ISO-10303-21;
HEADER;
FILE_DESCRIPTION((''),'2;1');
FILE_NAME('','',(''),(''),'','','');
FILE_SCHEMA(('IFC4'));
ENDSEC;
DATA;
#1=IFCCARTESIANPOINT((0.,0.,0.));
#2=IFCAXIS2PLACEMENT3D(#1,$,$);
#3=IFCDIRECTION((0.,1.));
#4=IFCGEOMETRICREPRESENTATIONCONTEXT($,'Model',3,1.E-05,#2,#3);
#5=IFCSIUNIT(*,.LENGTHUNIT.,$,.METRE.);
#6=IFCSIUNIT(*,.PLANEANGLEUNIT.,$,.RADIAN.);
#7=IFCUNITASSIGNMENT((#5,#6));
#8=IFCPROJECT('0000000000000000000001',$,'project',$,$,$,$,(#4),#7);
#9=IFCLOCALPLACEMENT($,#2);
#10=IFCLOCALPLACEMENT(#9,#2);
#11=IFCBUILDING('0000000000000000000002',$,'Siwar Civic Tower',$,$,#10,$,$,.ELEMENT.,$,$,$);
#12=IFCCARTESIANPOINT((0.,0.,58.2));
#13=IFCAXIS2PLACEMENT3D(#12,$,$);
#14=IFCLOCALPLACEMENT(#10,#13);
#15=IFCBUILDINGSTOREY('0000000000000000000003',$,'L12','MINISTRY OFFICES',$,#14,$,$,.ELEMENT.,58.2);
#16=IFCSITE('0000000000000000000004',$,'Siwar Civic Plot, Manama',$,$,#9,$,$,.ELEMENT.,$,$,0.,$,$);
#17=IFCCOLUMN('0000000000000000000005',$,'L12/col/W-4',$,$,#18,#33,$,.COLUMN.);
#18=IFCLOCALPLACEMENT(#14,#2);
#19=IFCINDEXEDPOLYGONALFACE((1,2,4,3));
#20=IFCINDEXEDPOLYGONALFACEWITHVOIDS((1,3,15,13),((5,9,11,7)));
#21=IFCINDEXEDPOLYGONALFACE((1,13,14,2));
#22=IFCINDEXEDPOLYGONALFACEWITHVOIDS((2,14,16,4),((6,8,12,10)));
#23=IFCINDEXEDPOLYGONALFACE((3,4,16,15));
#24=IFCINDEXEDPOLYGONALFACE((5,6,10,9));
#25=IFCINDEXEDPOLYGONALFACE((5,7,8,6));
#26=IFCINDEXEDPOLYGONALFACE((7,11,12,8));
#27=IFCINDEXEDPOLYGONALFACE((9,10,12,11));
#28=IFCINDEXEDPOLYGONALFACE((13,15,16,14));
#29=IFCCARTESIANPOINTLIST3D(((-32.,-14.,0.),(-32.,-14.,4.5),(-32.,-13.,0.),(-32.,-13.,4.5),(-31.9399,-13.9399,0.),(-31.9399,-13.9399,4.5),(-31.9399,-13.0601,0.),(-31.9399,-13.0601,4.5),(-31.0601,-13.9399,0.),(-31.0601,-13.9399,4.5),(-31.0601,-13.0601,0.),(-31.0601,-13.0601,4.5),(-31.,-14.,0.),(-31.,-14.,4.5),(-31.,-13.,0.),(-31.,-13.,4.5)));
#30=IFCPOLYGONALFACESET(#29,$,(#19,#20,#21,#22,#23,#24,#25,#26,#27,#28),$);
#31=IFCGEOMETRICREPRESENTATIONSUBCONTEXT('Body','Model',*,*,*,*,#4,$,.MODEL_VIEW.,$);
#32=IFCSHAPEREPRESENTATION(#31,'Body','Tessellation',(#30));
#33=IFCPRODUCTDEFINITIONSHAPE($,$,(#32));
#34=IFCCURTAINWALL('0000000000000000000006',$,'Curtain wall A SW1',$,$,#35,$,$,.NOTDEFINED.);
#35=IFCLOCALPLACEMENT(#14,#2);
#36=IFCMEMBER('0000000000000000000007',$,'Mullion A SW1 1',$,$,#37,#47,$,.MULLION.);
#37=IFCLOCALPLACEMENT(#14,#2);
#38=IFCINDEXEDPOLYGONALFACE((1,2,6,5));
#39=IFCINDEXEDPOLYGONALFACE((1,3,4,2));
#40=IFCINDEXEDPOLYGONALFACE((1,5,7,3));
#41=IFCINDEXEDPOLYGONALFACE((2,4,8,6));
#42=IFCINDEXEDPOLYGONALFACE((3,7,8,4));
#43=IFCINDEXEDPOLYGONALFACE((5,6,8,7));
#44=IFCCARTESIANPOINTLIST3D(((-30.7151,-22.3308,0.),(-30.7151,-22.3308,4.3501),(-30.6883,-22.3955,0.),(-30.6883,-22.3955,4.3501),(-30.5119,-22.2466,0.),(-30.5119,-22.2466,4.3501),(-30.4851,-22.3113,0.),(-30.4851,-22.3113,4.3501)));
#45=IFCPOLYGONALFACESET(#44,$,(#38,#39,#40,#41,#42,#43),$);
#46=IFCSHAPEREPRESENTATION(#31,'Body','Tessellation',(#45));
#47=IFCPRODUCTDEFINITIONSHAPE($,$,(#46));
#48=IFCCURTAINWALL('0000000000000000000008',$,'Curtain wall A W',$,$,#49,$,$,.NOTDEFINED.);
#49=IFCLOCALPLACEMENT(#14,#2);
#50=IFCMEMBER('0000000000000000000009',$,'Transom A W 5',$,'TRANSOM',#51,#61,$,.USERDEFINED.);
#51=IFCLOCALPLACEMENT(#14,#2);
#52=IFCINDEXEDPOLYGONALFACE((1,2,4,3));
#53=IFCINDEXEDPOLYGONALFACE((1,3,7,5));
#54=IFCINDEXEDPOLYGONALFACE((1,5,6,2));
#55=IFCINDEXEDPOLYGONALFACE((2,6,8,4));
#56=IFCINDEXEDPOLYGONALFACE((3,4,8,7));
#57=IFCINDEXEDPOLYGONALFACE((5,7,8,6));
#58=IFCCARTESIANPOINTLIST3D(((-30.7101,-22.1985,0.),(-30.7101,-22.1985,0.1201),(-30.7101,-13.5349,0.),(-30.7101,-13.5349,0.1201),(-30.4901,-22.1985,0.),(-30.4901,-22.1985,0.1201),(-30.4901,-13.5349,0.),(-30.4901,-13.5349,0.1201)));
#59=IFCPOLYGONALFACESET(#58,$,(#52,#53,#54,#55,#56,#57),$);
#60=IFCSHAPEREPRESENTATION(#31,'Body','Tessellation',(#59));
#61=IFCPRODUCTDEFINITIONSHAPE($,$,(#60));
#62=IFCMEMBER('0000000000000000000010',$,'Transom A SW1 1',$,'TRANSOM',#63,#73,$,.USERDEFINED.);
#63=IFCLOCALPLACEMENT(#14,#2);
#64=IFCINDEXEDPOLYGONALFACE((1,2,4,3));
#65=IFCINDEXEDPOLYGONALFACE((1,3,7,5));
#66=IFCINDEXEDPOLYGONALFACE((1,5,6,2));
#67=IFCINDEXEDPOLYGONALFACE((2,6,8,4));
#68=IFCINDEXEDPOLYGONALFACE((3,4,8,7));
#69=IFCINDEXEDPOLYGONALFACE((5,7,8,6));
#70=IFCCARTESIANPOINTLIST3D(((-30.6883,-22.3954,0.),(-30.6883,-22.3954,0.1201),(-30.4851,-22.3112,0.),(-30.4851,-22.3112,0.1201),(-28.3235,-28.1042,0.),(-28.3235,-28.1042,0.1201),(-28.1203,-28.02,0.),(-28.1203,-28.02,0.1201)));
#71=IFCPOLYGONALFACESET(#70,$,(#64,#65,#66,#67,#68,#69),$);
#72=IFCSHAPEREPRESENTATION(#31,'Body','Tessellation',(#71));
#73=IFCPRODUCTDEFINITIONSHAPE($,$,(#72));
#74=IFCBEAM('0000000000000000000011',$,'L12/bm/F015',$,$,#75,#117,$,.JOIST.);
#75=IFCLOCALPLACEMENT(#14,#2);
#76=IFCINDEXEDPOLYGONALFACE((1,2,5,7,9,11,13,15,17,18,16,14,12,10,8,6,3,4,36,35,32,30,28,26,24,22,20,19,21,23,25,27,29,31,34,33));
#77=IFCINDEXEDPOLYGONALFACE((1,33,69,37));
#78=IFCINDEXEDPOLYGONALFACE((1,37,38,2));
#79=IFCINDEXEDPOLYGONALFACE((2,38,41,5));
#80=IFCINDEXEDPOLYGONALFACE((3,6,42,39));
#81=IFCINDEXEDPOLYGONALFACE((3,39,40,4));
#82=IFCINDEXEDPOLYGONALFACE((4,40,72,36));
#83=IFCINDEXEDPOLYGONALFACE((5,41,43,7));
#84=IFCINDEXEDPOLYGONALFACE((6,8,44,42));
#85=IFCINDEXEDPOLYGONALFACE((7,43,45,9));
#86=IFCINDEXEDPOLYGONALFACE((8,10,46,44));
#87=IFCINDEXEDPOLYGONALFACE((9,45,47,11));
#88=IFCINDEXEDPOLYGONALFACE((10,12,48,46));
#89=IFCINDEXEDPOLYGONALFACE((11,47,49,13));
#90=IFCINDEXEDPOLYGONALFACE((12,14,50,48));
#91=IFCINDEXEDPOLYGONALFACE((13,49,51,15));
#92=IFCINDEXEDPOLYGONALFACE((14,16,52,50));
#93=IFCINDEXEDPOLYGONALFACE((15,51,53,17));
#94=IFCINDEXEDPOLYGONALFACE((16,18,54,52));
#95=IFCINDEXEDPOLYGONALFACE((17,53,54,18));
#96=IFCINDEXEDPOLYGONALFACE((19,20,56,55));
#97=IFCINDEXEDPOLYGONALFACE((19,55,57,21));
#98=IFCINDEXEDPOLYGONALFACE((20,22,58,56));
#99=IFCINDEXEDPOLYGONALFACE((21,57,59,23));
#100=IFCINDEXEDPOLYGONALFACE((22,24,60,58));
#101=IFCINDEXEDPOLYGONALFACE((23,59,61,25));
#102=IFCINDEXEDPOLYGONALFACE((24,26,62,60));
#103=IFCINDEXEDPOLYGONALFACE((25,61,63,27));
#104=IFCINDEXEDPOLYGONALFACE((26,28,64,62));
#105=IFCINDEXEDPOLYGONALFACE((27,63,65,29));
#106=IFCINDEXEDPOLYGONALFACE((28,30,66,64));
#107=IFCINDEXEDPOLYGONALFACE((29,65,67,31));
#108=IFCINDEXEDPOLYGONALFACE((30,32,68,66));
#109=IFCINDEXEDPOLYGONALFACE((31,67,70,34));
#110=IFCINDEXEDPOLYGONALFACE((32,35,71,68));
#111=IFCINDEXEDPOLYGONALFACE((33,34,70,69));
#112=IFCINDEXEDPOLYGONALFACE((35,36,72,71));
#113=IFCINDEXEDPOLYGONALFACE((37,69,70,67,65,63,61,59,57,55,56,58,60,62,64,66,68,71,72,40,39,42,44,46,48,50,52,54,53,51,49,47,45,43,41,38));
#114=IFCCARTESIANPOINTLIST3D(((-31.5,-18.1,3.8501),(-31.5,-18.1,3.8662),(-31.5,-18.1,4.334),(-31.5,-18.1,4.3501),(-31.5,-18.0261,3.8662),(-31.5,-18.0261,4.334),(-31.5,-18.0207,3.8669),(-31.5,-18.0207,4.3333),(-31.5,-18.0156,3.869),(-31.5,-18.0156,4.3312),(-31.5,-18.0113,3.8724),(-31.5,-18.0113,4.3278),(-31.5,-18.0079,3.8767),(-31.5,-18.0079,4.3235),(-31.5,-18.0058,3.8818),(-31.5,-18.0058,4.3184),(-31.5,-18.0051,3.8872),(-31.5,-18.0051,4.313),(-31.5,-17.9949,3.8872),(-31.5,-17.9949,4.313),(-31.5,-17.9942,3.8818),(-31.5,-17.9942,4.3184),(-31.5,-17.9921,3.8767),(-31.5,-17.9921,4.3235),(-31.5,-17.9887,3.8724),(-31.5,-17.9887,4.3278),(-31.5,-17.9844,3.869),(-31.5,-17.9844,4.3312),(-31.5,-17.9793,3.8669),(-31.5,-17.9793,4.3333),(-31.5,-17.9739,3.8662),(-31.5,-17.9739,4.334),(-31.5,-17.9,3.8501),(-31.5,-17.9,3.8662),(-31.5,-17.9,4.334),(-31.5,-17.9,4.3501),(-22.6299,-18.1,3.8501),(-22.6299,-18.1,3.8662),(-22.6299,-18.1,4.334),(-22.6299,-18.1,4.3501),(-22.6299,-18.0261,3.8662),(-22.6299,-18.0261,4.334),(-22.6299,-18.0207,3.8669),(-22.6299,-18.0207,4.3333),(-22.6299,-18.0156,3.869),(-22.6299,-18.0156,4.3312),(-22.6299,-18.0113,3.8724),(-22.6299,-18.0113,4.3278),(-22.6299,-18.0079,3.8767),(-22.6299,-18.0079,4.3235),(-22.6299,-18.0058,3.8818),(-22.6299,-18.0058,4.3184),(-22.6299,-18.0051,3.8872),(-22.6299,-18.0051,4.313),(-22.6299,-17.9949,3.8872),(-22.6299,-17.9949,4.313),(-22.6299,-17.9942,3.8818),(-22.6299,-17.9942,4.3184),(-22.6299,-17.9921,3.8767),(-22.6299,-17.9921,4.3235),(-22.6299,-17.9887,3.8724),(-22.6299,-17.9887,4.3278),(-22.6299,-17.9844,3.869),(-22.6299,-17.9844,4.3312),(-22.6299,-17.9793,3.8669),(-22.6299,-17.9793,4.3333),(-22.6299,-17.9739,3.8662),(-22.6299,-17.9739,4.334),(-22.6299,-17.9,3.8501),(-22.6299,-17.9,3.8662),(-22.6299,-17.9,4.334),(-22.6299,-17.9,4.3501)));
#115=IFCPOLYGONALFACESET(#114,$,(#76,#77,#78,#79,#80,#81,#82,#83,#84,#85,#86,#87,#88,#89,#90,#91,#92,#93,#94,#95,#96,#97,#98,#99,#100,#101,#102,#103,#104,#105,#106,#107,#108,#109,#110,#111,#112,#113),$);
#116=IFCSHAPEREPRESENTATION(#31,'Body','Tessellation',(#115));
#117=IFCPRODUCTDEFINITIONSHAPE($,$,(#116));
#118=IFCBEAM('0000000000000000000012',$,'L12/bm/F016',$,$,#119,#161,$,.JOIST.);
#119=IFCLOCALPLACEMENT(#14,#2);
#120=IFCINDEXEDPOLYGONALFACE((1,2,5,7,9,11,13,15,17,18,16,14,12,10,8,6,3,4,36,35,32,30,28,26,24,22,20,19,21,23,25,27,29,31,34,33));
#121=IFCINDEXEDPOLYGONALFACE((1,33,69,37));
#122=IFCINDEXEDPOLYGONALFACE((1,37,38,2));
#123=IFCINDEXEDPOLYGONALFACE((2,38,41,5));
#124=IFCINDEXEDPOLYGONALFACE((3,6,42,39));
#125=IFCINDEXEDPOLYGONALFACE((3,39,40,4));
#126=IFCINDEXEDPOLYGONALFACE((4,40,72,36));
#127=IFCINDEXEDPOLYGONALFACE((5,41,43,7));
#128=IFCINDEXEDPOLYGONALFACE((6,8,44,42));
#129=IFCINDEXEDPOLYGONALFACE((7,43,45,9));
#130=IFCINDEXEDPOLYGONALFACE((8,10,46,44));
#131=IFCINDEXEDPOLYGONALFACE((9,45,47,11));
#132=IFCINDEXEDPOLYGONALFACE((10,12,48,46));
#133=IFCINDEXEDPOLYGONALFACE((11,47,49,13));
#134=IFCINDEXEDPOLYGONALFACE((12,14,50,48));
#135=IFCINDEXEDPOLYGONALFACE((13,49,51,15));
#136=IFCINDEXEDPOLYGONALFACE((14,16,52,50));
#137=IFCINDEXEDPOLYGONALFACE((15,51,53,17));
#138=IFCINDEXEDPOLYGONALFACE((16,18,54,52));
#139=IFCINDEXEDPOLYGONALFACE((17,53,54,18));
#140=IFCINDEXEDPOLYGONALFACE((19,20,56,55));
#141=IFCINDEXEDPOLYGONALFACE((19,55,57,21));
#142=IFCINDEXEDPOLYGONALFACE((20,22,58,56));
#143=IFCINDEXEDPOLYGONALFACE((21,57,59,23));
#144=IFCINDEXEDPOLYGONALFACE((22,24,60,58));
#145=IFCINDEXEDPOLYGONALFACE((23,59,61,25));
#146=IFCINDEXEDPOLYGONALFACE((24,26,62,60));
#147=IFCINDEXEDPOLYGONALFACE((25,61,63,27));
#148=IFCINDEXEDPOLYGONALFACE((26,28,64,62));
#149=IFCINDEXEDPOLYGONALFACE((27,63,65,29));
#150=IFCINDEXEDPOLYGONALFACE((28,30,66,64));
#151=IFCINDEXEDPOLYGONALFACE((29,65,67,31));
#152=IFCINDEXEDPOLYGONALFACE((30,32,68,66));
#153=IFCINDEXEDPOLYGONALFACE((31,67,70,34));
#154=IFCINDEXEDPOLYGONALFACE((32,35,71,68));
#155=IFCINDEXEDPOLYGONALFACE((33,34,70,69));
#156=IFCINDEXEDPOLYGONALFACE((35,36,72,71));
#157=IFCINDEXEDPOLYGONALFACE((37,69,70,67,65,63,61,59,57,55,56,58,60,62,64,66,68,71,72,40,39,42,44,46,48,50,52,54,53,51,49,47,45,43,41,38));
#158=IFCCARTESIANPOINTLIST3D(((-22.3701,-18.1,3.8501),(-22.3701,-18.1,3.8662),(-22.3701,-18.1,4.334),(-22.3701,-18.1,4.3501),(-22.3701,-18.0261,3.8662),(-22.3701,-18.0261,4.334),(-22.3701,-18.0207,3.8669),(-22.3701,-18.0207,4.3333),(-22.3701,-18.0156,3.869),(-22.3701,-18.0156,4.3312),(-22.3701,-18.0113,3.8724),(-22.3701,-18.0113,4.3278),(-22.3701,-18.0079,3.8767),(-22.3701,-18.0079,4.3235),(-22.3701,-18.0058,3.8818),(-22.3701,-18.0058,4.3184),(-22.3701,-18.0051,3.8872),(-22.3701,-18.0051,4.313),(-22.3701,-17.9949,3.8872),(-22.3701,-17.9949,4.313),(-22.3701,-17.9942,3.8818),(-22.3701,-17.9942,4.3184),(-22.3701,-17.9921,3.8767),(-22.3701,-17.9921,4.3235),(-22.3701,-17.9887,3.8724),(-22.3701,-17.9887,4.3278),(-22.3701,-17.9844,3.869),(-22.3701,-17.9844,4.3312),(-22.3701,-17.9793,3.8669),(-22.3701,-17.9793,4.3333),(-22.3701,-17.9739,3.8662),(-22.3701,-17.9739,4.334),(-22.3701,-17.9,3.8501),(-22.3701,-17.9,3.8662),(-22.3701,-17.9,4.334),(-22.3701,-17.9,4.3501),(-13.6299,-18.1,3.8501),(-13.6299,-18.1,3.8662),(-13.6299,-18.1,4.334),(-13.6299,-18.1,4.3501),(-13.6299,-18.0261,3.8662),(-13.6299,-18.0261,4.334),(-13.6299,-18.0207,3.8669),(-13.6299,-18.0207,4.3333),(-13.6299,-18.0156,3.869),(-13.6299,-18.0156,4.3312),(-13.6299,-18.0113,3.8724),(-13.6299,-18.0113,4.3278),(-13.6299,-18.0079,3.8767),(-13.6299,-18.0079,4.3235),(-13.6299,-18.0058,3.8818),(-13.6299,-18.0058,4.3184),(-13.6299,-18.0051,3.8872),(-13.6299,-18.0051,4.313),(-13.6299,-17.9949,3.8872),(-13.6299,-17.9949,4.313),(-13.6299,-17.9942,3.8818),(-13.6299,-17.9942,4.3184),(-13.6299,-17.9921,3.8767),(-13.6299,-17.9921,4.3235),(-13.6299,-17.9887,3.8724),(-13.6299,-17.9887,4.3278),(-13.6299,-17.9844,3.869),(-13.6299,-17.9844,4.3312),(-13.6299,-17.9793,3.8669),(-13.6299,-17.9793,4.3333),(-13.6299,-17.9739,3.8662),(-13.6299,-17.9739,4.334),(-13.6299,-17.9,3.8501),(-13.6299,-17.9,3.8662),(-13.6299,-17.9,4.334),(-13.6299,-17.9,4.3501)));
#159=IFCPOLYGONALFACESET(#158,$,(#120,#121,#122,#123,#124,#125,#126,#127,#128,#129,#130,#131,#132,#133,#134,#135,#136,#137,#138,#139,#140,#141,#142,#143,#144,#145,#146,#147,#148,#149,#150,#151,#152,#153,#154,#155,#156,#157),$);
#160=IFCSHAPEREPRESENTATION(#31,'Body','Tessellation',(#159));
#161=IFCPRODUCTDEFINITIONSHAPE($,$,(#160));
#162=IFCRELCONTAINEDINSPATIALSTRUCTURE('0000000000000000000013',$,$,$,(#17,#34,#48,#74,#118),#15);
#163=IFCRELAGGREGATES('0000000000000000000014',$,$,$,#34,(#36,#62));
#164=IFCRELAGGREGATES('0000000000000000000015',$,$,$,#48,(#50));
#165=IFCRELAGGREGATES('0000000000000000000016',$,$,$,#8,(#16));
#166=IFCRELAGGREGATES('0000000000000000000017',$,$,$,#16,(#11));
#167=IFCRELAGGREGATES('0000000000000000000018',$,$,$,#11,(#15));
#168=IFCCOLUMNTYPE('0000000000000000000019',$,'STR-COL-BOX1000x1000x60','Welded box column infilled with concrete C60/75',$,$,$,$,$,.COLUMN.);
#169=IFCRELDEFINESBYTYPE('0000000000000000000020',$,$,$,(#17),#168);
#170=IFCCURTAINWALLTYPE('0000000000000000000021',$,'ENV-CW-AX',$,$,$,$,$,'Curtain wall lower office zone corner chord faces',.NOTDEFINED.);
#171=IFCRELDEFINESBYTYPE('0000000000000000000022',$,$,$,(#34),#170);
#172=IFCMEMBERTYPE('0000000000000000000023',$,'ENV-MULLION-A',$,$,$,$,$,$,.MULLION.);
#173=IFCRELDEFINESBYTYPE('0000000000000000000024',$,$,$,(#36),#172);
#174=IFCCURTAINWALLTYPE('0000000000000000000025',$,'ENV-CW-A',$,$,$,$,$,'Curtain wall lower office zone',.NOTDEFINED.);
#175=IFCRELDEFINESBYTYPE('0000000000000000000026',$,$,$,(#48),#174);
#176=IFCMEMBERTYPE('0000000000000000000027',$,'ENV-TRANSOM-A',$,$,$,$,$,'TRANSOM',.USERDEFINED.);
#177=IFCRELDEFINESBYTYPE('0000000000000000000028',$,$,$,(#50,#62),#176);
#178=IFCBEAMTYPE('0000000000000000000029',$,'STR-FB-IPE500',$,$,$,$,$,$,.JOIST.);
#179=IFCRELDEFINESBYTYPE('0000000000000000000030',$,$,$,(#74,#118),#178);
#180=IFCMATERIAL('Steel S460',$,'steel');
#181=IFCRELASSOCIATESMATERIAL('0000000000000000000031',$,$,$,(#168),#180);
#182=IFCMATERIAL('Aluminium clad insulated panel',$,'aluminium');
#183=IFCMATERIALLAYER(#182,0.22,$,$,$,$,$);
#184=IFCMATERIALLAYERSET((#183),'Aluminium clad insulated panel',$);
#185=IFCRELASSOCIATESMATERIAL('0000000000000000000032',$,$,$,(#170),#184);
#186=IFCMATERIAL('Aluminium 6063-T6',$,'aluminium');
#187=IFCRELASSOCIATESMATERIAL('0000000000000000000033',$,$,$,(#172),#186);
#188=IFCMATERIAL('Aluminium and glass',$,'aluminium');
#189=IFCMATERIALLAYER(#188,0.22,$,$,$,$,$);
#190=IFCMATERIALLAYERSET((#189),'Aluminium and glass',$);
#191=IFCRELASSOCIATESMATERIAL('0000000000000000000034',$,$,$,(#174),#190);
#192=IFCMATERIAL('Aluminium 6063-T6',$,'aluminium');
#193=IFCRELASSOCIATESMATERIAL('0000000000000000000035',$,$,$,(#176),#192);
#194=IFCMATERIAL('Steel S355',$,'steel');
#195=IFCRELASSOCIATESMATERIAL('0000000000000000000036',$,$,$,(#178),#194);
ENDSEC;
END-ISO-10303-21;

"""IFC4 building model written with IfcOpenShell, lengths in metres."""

from ifc_helpers import new_model, si_unit, direction, frame, origin, origin_2d, place, context, subcontext, project, spatial, rectangle, hollow_rectangle, i_section, extrude, material, layer, layer_set, material_profile, profile_set, type_object, element, aggregate, save


model = new_model("IFC4")

# Units and contexts
model_context = context("Model", 3, precision=1e-05, world=origin(), true_north=direction((0.0, 1.0)))
body_context = subcontext(model_context, "Body", "Model", "MODEL_VIEW")
ifc_project = project(units=[si_unit("LENGTHUNIT", "METRE"), si_unit("PLANEANGLEUNIT", "RADIAN")], contexts=[model_context])

# Site, building, storey
site_placement = place(None, origin())
site = spatial("IfcSite", under=ifc_project, at=site_placement, Name="Siwar Civic Plot, Manama", CompositionType="ELEMENT", RefElevation=0.0)
building_placement = place(site_placement, origin())
building = spatial("IfcBuilding", under=site, at=building_placement, Name="Siwar Civic Tower", CompositionType="ELEMENT")
storey_placement = place(building_placement, frame((0.0, 0.0, 58.2)))
storey = spatial("IfcBuildingStorey", under=building, at=storey_placement, Name="L12", Description="MINISTRY OFFICES", CompositionType="ELEMENT", Elevation=58.2)

# Column
ifc_material_1 = material(Name="Steel S460", Category="steel")
ifc_material_profile_1 = material_profile(ifc_material_1, hollow_rectangle(XDim=1.0, YDim=1.0, WallThickness=0.0601, at=origin_2d()), Name="BOX1000x1000x60")
ifc_profile_set_1 = profile_set([ifc_material_profile_1], Name="Steel S460")
column_type = type_object("IfcColumnType", Name="STR-COL-BOX1000x1000x60", Description="Welded box column infilled with concrete C60/75", PredefinedType="COLUMN", material=ifc_profile_set_1)
column_placement = place(storey_placement, frame((-31.5, -13.5, 0.0), z_axis=(0.0, 0.0, 1.0), x_axis=(1.0, 0.0, 0.0)))
element("IfcColumn", 1, at=column_placement, inside=storey, type_object=column_type, Name="L12/col/W-4", PredefinedType="COLUMN", context=body_context, shape_type="SweptSolid", body=[
    extrude(hollow_rectangle(XDim=1.0, YDim=1.0, WallThickness=0.0601, at=origin_2d()), origin(), (0.0, 0.0, 1.0), 4.5),
])

# Curtain walls, members
ifc_material_2 = material(Name="Aluminium clad insulated panel", Category="aluminium")
ifc_layer_1 = layer(ifc_material_2, 0.22)
ifc_layer_set_1 = layer_set([ifc_layer_1], Name="Aluminium clad insulated panel")
curtain_wall_type_1 = type_object("IfcCurtainWallType", Name="ENV-CW-AX", ElementType="Curtain wall lower office zone corner chord faces", PredefinedType="NOTDEFINED", material=ifc_layer_set_1)
curtain_wall_1_placement = place(storey_placement, origin())
curtain_wall_1 = element("IfcCurtainWall", 2, at=curtain_wall_1_placement, inside=storey, type_object=curtain_wall_type_1, Name="Curtain wall A SW1", PredefinedType="NOTDEFINED")
ifc_material_3 = material(Name="Aluminium 6063-T6", Category="aluminium")
ifc_material_profile_2 = material_profile(ifc_material_3, rectangle(XDim=0.22, YDim=0.0701, at=origin_2d()), Name="AL 220x70")
ifc_profile_set_2 = profile_set([ifc_material_profile_2], Name="Aluminium 6063-T6")
member_type_1 = type_object("IfcMemberType", Name="ENV-MULLION-A", PredefinedType="MULLION", material=ifc_profile_set_2)
member_1_placement = place(storey_placement, frame((-30.6001, -22.321, 0.0), z_axis=(0.0, 0.0, 1.0), x_axis=(0.92388, 0.382683, 0.0)))
member_1 = element("IfcMember", 3, at=member_1_placement, type_object=member_type_1, Name="Mullion A SW1 1", PredefinedType="MULLION", context=body_context, shape_type="SweptSolid", body=[
    extrude(rectangle(XDim=0.22, YDim=0.0701, at=origin_2d()), origin(), (0.0, 0.0, 1.0), 4.3501),
])
ifc_material_4 = material(Name="Aluminium and glass", Category="aluminium")
ifc_layer_2 = layer(ifc_material_4, 0.22)
ifc_layer_set_2 = layer_set([ifc_layer_2], Name="Aluminium and glass")
curtain_wall_type_2 = type_object("IfcCurtainWallType", Name="ENV-CW-A", ElementType="Curtain wall lower office zone", PredefinedType="NOTDEFINED", material=ifc_layer_set_2)
curtain_wall_2_placement = place(storey_placement, origin())
curtain_wall_2 = element("IfcCurtainWall", 4, at=curtain_wall_2_placement, inside=storey, type_object=curtain_wall_type_2, Name="Curtain wall A W", PredefinedType="NOTDEFINED")
ifc_material_5 = material(Name="Aluminium 6063-T6", Category="aluminium")
ifc_material_profile_3 = material_profile(ifc_material_5, rectangle(XDim=0.22, YDim=0.1201, at=origin_2d()), Name="AL 220x120")
ifc_profile_set_3 = profile_set([ifc_material_profile_3], Name="Aluminium 6063-T6")
member_type_2 = type_object("IfcMemberType", Name="ENV-TRANSOM-A", ElementType="TRANSOM", PredefinedType="USERDEFINED", material=ifc_profile_set_3)
member_2_placement = place(storey_placement, frame((-30.6001, -13.5349, 0.0601), z_axis=(0.0, -1.0, 0.0), x_axis=(1.0, 0.0, 0.0)))
member_2 = element("IfcMember", 5, at=member_2_placement, type_object=member_type_2, Name="Transom A W 5", ObjectType="TRANSOM", PredefinedType="USERDEFINED", context=body_context, shape_type="SweptSolid", body=[
    extrude(rectangle(XDim=0.22, YDim=0.1201, at=origin_2d()), origin(), (0.0, 0.0, 1.0), 8.6636),
])

# Member
member_3_placement = place(storey_placement, frame((-30.5867, -22.3533, 0.0601), z_axis=(0.382698, -0.923873, 0.0), x_axis=(0.923873, 0.382698, 0.0)))
member_3 = element("IfcMember", 6, at=member_3_placement, type_object=member_type_2, Name="Transom A SW1 1", ObjectType="TRANSOM", PredefinedType="USERDEFINED", context=body_context, shape_type="SweptSolid", body=[
    extrude(rectangle(XDim=0.22, YDim=0.1201, at=origin_2d()), origin(), (0.0, 0.0, 1.0), 6.1792),
])
aggregate(curtain_wall_1, [member_1, member_3])

# Beams
ifc_material_6 = material(Name="Steel S355", Category="steel")
ifc_material_profile_4 = material_profile(ifc_material_6, i_section(OverallWidth=0.2, OverallDepth=0.5, WebThickness=0.0103, FlangeThickness=0.0161, FilletRadius=0.021, at=origin_2d()), Name="IPE500")
ifc_profile_set_4 = profile_set([ifc_material_profile_4], Name="Steel S355")
beam_type_1 = type_object("IfcBeamType", Name="STR-FB-IPE500", PredefinedType="JOIST", material=ifc_profile_set_4)
beam_1_placement = place(storey_placement, frame((-31.5, -18.0, 4.1001), z_axis=(1.0, 0.0, 0.0), x_axis=(0.0, 1.0, 0.0)))
element("IfcBeam", 7, at=beam_1_placement, inside=storey, type_object=beam_type_1, Name="L12/bm/F015", PredefinedType="JOIST", context=body_context, shape_type="SweptSolid", body=[
    extrude(i_section(OverallWidth=0.2, OverallDepth=0.5, WebThickness=0.0103, FlangeThickness=0.0161, FilletRadius=0.021, at=origin_2d()), origin(), (0.0, 0.0, 1.0), 8.8701),
])
beam_2_placement = place(storey_placement, frame((-22.3701, -18.0, 4.1001), z_axis=(1.0, 0.0, 0.0), x_axis=(0.0, 1.0, 0.0)))
element("IfcBeam", 8, at=beam_2_placement, inside=storey, type_object=beam_type_1, Name="L12/bm/F016", PredefinedType="JOIST", context=body_context, shape_type="SweptSolid", body=[
    extrude(i_section(OverallWidth=0.2, OverallDepth=0.5, WebThickness=0.0103, FlangeThickness=0.0161, FilletRadius=0.021, at=origin_2d()), origin(), (0.0, 0.0, 1.0), 8.7402),
])

aggregate(curtain_wall_2, [member_2])

save(model, "model.ifc")
